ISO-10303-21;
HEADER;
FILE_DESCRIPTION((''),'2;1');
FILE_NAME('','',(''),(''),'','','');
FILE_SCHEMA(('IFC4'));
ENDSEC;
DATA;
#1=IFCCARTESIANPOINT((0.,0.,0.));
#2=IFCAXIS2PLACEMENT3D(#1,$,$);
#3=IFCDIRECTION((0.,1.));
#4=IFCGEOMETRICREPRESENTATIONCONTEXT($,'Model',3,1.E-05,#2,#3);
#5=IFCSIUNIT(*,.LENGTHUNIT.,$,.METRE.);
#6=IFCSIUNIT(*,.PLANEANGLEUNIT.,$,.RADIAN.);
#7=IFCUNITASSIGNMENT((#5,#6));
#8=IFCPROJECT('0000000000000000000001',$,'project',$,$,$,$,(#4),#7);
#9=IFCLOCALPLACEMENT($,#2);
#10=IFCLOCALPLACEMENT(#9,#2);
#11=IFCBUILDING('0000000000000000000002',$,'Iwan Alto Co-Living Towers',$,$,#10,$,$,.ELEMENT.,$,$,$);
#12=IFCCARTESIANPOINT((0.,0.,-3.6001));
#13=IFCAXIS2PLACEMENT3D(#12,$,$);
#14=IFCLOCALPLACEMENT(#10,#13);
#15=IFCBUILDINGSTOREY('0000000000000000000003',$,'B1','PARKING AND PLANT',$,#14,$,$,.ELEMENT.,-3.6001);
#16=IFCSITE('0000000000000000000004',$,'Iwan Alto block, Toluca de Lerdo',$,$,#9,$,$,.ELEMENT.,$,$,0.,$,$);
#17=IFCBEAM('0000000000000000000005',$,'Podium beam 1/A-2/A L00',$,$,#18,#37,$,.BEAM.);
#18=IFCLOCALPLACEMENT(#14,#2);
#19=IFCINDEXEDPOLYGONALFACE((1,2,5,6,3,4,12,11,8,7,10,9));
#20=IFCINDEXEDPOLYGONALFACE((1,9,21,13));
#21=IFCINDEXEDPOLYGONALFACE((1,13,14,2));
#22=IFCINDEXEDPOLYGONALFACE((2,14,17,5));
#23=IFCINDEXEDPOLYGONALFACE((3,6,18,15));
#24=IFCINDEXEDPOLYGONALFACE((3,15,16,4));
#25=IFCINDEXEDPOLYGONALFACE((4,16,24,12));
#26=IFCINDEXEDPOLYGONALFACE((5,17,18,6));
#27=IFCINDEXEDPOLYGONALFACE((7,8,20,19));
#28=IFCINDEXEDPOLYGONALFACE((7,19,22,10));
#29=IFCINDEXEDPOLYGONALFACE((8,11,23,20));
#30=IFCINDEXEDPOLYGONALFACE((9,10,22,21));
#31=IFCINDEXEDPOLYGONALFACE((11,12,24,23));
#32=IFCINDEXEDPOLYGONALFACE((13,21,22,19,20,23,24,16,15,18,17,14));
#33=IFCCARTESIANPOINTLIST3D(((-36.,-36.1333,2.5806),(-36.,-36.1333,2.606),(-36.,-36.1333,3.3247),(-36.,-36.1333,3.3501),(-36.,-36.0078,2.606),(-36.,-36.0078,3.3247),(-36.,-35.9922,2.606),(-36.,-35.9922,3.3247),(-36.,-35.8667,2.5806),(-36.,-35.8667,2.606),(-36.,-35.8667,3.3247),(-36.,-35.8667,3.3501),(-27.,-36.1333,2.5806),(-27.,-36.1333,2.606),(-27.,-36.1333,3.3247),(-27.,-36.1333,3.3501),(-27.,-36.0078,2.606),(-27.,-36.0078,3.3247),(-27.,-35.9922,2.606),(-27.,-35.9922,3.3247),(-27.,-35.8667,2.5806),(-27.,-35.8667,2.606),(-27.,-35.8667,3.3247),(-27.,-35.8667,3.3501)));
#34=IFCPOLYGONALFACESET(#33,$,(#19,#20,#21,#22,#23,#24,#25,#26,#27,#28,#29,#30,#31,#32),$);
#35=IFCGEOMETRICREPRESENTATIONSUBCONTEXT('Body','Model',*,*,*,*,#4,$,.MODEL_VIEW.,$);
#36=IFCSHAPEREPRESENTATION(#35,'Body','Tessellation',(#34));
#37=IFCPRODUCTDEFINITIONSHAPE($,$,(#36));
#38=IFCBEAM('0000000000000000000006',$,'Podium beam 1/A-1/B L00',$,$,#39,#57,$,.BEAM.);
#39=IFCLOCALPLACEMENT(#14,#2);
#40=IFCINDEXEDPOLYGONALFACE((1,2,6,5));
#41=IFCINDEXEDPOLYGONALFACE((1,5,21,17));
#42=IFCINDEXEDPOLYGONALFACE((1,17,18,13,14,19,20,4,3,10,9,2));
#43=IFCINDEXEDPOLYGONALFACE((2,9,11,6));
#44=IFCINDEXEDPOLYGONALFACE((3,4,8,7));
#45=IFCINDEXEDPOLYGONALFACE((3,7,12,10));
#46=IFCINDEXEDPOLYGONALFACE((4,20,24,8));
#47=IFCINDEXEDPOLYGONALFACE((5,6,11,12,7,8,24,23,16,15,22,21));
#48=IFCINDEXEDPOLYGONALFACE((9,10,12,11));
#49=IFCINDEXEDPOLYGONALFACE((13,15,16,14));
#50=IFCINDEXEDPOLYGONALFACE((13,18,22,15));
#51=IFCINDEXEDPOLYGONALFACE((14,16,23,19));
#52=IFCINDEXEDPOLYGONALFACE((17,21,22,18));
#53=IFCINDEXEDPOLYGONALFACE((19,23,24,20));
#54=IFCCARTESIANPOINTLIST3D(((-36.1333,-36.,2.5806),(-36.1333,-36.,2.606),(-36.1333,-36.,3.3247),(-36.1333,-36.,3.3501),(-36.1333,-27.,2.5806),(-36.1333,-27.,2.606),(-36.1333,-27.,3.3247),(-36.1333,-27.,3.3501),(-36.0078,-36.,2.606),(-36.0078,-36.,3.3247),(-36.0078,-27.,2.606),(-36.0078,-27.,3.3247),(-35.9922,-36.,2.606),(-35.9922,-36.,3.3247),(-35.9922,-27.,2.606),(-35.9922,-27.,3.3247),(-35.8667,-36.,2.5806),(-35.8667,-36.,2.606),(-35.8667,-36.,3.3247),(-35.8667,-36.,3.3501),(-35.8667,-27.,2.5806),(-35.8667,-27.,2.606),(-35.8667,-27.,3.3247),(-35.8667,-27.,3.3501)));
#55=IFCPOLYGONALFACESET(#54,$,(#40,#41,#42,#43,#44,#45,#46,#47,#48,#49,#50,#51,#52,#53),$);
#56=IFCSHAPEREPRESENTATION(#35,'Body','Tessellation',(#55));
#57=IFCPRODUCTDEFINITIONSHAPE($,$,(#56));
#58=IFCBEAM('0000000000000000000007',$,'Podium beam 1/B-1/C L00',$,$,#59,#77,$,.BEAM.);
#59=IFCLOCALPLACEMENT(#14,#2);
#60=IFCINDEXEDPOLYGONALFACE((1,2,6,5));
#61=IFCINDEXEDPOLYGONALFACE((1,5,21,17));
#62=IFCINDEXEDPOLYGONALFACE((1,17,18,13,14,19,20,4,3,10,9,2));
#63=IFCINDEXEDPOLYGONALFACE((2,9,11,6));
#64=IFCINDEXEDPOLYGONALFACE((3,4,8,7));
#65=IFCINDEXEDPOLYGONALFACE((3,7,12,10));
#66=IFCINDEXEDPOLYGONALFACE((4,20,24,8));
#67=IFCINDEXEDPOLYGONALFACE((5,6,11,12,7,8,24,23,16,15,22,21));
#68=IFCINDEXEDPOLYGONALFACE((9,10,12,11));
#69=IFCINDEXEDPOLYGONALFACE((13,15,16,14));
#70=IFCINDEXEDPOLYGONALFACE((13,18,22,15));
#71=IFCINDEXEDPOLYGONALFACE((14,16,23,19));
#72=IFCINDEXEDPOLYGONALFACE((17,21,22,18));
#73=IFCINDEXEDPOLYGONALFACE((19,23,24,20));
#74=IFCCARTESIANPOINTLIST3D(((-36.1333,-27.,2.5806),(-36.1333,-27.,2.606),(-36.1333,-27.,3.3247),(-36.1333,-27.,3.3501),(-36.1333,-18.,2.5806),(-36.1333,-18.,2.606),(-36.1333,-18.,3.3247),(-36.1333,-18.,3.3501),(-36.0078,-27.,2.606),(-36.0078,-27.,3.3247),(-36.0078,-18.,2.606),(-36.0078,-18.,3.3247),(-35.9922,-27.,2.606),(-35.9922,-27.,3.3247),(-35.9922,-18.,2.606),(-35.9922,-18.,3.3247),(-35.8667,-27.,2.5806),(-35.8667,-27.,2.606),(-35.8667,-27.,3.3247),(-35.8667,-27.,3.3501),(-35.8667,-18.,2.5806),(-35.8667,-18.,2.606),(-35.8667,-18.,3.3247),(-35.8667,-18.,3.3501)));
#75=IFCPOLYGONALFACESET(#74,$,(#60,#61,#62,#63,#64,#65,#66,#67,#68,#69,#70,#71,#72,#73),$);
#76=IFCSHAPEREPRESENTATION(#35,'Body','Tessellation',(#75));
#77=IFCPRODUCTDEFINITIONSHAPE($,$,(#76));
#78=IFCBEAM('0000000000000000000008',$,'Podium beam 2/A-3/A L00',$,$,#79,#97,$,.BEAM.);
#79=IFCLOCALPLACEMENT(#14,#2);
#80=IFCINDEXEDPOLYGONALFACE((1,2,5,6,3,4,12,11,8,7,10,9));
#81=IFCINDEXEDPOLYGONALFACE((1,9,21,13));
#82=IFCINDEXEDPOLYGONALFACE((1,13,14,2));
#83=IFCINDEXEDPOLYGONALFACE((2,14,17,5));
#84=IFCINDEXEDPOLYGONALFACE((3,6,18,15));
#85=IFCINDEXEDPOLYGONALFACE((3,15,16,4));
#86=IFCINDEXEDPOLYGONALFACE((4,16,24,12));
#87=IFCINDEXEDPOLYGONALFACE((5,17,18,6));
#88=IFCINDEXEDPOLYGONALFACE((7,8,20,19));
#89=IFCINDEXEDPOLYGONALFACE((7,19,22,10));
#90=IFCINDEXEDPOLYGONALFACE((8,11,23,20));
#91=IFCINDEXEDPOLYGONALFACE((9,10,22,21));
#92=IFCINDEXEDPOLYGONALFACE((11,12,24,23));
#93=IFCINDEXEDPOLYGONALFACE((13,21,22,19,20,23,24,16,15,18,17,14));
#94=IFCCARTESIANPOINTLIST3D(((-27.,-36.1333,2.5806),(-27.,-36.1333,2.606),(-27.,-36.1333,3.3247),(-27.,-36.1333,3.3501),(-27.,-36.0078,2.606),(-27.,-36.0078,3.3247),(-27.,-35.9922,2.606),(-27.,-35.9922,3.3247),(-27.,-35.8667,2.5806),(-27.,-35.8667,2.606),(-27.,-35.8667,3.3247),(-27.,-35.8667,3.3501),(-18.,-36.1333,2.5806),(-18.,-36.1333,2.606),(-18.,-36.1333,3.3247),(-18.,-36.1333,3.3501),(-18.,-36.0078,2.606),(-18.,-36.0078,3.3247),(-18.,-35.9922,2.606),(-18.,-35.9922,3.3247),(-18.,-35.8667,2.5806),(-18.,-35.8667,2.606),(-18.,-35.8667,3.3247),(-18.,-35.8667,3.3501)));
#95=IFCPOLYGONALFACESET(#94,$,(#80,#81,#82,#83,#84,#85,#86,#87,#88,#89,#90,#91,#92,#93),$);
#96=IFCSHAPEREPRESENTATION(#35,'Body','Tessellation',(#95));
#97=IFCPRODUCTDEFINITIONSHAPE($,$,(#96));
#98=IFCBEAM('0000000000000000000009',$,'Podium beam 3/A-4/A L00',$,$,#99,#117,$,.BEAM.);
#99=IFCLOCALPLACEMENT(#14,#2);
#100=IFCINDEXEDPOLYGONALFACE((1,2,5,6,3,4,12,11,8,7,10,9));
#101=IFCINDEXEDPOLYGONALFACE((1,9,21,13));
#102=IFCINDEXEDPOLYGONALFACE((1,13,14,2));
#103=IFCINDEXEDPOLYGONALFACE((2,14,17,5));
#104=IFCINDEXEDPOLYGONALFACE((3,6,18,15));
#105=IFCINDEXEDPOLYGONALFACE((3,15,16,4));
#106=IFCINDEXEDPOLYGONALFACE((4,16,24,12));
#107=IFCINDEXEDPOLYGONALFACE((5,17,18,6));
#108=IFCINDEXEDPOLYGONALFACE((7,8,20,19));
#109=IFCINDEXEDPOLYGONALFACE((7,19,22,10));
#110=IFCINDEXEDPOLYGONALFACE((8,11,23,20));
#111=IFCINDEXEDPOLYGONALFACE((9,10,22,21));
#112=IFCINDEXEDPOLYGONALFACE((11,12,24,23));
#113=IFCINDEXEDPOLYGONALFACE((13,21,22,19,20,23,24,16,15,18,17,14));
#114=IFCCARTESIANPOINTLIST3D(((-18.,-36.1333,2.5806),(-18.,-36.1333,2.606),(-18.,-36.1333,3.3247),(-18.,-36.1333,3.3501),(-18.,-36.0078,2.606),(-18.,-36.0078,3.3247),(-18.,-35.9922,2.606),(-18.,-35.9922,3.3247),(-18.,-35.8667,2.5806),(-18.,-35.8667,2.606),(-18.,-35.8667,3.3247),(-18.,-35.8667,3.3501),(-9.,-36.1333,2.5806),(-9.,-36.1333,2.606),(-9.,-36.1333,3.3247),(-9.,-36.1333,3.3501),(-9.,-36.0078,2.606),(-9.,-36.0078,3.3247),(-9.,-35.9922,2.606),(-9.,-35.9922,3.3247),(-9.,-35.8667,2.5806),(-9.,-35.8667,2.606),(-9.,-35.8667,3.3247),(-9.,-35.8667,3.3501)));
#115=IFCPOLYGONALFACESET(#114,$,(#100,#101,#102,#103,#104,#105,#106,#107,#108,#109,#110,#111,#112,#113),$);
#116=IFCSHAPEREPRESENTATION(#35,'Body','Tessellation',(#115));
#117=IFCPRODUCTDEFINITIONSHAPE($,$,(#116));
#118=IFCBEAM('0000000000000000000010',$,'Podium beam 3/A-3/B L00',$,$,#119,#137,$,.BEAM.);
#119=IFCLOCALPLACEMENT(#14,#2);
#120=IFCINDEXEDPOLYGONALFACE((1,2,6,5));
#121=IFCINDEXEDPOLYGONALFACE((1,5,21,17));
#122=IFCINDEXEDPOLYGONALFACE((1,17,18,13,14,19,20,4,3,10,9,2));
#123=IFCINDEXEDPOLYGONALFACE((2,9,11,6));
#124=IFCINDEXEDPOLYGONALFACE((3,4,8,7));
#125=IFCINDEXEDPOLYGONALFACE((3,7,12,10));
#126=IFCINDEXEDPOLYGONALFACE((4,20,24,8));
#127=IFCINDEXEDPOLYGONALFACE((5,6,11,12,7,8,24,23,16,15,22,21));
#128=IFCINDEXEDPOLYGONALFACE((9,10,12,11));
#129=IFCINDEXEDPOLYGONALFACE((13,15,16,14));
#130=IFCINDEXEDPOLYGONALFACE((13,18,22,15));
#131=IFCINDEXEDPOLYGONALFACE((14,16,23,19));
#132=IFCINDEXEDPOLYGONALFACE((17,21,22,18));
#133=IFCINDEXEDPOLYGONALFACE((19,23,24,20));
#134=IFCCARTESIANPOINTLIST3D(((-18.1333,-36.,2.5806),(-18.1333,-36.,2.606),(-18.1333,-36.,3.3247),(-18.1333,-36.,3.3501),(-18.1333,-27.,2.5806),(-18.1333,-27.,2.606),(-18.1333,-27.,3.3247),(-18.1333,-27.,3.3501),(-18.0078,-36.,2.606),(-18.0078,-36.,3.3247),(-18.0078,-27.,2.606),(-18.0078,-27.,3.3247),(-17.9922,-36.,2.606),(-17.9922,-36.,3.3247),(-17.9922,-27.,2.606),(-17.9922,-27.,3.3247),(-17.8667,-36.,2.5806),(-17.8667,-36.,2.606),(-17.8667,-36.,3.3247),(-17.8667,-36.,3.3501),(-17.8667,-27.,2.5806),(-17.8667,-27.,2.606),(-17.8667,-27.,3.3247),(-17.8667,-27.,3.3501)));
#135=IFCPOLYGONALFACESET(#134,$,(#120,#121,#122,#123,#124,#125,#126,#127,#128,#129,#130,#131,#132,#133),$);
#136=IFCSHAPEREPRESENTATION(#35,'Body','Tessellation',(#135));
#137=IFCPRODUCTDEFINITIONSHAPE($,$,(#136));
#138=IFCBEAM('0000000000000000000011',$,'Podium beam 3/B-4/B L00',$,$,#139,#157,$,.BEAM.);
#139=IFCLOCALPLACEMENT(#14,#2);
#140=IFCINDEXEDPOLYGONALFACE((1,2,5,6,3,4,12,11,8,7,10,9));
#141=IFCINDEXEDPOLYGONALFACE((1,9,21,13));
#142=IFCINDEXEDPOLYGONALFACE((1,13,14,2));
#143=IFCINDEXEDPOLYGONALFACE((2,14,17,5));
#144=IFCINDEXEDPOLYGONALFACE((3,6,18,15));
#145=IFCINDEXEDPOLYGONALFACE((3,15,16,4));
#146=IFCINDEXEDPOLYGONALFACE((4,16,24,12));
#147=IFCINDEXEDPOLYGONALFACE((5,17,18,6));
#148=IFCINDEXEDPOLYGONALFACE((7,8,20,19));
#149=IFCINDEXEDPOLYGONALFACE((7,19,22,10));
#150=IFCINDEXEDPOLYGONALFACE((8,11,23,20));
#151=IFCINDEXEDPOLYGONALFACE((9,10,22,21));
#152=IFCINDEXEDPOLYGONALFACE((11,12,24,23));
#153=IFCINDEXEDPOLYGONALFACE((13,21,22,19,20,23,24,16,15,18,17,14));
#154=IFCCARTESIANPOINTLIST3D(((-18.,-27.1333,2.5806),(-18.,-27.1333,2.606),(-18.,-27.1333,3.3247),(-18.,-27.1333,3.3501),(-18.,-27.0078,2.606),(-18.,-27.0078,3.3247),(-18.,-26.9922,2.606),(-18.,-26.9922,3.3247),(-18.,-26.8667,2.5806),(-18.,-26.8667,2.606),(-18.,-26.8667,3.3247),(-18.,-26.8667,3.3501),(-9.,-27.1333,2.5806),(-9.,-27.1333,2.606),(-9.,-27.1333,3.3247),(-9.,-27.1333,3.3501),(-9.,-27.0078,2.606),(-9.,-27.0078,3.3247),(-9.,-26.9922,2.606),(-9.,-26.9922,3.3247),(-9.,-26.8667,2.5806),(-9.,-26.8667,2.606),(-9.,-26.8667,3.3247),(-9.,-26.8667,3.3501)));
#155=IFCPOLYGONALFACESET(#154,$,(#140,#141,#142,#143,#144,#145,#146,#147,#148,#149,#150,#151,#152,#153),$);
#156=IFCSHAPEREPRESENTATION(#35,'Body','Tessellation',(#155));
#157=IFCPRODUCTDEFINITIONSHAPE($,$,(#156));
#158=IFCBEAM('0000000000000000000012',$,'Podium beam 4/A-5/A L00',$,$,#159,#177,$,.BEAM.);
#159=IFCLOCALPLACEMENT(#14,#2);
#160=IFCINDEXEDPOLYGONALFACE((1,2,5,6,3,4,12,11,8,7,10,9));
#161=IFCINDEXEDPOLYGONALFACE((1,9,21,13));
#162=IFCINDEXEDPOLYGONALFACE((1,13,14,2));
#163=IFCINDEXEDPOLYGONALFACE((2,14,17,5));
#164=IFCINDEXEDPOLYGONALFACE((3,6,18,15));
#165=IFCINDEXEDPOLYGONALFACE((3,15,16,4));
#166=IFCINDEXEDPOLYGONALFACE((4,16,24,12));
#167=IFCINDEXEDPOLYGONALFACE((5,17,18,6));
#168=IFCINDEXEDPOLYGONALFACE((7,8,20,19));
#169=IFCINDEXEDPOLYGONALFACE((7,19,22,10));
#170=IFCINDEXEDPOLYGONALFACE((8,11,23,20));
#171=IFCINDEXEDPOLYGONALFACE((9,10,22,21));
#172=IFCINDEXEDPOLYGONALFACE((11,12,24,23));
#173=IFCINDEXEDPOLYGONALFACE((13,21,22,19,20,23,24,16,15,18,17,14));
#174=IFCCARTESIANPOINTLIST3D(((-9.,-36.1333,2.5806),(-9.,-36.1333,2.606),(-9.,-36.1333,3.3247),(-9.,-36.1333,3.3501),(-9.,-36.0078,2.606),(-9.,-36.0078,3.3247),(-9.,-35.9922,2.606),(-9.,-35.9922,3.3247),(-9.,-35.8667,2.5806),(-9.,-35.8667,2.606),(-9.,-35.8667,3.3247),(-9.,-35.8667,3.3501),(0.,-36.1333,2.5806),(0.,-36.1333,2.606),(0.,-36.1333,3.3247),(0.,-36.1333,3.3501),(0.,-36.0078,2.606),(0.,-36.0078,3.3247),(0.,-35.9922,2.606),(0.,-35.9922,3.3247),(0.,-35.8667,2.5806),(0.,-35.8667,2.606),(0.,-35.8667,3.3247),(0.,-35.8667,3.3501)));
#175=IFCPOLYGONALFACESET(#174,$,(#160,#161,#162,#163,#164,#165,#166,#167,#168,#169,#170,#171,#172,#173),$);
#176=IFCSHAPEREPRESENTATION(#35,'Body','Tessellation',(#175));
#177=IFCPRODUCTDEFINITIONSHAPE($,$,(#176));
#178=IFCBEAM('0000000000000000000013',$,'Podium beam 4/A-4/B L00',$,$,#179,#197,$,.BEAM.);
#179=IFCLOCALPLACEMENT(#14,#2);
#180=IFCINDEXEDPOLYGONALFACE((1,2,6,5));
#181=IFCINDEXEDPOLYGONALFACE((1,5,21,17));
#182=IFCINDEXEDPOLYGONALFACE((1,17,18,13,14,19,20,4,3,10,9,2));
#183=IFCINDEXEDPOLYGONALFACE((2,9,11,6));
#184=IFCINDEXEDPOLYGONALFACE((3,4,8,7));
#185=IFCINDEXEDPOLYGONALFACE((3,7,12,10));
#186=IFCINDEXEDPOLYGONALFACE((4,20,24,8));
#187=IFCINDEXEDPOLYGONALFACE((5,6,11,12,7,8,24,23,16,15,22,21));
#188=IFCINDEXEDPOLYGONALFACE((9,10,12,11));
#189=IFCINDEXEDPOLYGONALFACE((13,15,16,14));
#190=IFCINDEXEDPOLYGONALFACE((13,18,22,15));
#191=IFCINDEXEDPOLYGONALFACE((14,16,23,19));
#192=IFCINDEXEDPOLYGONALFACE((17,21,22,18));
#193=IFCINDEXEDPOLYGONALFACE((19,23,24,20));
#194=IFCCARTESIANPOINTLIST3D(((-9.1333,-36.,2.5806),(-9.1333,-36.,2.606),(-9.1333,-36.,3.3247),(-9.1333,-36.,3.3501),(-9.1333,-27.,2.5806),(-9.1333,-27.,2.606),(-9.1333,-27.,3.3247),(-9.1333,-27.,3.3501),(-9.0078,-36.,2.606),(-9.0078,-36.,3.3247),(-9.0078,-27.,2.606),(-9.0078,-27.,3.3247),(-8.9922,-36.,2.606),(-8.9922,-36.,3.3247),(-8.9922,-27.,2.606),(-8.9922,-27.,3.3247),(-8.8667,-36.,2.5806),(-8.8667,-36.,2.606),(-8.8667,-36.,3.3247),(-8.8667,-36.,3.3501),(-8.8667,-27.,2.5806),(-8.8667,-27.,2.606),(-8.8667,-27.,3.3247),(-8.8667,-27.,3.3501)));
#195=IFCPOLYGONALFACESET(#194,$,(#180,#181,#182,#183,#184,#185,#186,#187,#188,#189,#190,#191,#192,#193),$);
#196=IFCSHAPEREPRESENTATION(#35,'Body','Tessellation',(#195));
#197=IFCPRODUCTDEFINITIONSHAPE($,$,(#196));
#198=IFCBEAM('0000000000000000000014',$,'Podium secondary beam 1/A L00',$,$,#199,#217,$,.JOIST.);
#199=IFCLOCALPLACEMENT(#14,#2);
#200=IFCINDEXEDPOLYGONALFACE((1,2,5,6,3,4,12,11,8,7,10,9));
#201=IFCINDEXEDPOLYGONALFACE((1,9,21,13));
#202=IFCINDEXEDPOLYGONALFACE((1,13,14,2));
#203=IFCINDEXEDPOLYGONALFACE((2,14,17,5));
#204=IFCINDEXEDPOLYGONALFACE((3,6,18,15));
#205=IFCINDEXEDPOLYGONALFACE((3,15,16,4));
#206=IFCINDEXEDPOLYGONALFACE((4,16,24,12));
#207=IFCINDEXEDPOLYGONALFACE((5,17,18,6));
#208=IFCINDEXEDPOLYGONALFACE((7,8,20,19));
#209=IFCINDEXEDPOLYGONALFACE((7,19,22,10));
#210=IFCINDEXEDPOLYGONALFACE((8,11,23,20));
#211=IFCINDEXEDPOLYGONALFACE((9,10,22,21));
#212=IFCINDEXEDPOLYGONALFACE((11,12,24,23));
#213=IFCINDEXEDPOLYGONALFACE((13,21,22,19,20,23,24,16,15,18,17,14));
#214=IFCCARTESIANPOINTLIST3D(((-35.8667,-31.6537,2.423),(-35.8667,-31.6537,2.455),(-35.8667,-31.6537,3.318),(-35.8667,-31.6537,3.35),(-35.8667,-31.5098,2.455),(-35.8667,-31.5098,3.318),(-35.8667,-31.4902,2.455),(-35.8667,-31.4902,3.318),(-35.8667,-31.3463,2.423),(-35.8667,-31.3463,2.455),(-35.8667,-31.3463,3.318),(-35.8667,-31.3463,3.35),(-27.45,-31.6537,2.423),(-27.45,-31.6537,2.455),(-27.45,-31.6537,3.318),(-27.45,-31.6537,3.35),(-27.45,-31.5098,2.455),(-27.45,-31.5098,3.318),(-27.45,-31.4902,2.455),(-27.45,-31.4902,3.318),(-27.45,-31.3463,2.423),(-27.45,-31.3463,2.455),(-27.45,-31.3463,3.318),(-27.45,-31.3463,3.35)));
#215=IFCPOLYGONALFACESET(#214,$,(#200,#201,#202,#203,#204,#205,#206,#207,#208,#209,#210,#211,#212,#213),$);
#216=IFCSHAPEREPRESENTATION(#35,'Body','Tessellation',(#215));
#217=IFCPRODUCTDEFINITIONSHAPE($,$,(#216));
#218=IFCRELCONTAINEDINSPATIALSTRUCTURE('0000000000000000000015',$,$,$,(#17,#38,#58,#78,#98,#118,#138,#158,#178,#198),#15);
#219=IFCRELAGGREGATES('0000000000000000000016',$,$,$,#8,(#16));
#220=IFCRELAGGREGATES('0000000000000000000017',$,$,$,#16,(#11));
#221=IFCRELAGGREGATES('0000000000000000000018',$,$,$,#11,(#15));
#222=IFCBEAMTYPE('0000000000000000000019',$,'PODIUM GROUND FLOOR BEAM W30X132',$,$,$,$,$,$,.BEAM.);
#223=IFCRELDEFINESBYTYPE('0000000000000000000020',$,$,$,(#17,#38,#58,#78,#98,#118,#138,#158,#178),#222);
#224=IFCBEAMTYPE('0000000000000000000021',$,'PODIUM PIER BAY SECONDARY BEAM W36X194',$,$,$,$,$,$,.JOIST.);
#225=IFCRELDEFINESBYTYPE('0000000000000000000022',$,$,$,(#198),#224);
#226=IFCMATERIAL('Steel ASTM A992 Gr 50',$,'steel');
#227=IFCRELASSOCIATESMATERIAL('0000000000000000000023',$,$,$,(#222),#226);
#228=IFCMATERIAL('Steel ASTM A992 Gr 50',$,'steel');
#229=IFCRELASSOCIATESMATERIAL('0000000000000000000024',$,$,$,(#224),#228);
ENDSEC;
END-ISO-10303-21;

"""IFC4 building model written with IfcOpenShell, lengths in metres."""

from ifc_helpers import new_model, si_unit, direction, frame, origin, origin_2d, place, context, subcontext, project, spatial, i_section, extrude, material, material_profile, profile_set, type_object, element, save


model = new_model("IFC4")

# Units and contexts
model_context = context("Model", 3, precision=1e-05, world=origin(), true_north=direction((0.0, 1.0)))
body_context = subcontext(model_context, "Body", "Model", "MODEL_VIEW")
ifc_project = project(units=[si_unit("LENGTHUNIT", "METRE"), si_unit("PLANEANGLEUNIT", "RADIAN")], contexts=[model_context])

# Site, building, storey
site_placement = place(None, origin())
site = spatial("IfcSite", under=ifc_project, at=site_placement, Name="Iwan Alto block, Toluca de Lerdo", CompositionType="ELEMENT", RefElevation=0.0)
building_placement = place(site_placement, origin())
building = spatial("IfcBuilding", under=site, at=building_placement, Name="Iwan Alto Co-Living Towers", CompositionType="ELEMENT")
storey_placement = place(building_placement, frame((0.0, 0.0, -3.6001)))
storey = spatial("IfcBuildingStorey", under=building, at=storey_placement, Name="B1", Description="PARKING AND PLANT", CompositionType="ELEMENT", Elevation=-3.6001)

# Beams
ifc_material_1 = material(Name="Steel ASTM A992 Gr 50", Category="steel")
ifc_material_profile_1 = material_profile(ifc_material_1, i_section(OverallWidth=0.2666, OverallDepth=0.7695, WebThickness=0.0156, FlangeThickness=0.0254, at=origin_2d()), Name="W30X132")
ifc_profile_set_1 = profile_set([ifc_material_profile_1], Name="Steel ASTM A992 Gr 50")
beam_type_1 = type_object("IfcBeamType", Name="PODIUM GROUND FLOOR BEAM W30X132", PredefinedType="BEAM", material=ifc_profile_set_1)
for number, where, z_axis, x_axis, name in (
    (1, (-36.0, -36.0, 2.9653), (1.0, 0.0, 0.0), (0.0, 1.0, 0.0), "Podium beam 1/A-2/A L00"),
    (2, (-36.0, -36.0, 2.9653), (0.0, 1.0, 0.0), (-1.0, 0.0, 0.0), "Podium beam 1/A-1/B L00"),
    (3, (-36.0, -27.0, 2.9653), (0.0, 1.0, 0.0), (-1.0, 0.0, 0.0), "Podium beam 1/B-1/C L00"),
    (4, (-27.0, -36.0, 2.9653), (1.0, 0.0, 0.0), (0.0, 1.0, 0.0), "Podium beam 2/A-3/A L00"),
    (5, (-18.0, -36.0, 2.9653), (1.0, 0.0, 0.0), (0.0, 1.0, 0.0), "Podium beam 3/A-4/A L00"),
    (6, (-18.0, -36.0, 2.9653), (0.0, 1.0, 0.0), (-1.0, 0.0, 0.0), "Podium beam 3/A-3/B L00"),
    (7, (-18.0, -27.0, 2.9653), (1.0, 0.0, 0.0), (0.0, 1.0, 0.0), "Podium beam 3/B-4/B L00"),
    (8, (-9.0, -36.0, 2.9653), (1.0, 0.0, 0.0), (0.0, 1.0, 0.0), "Podium beam 4/A-5/A L00"),
    (9, (-9.0, -36.0, 2.9653), (0.0, 1.0, 0.0), (-1.0, 0.0, 0.0), "Podium beam 4/A-4/B L00"),
):
    element("IfcBeam", number, at=place(storey_placement, frame(where, z_axis=z_axis, x_axis=x_axis)), inside=storey, type_object=beam_type_1, Name=name, PredefinedType="BEAM", context=body_context, shape_type="SweptSolid", body=[
        extrude(i_section(OverallWidth=0.2666, OverallDepth=0.7695, WebThickness=0.0156, FlangeThickness=0.0254, at=origin_2d()), origin(), (0.0, 0.0, 1.0), 9.0),
    ])
ifc_material_2 = material(Name="Steel ASTM A992 Gr 50", Category="steel")
ifc_material_profile_2 = material_profile(ifc_material_2, i_section(OverallWidth=0.3074, OverallDepth=0.927, WebThickness=0.0195, FlangeThickness=0.032, at=origin_2d()), Name="W36X194")
ifc_profile_set_2 = profile_set([ifc_material_profile_2], Name="Steel ASTM A992 Gr 50")
beam_type_2 = type_object("IfcBeamType", Name="PODIUM PIER BAY SECONDARY BEAM W36X194", PredefinedType="JOIST", material=ifc_profile_set_2)
for number, where, z_axis, x_axis, name in (
    (10, (-35.8667, -31.5, 2.8865), (1.0, 0.0, 0.0), (0.0, 1.0, 0.0), "Podium secondary beam 1/A L00"),
):
    element("IfcBeam", number, at=place(storey_placement, frame(where, z_axis=z_axis, x_axis=x_axis)), inside=storey, type_object=beam_type_2, Name=name, PredefinedType="JOIST", context=body_context, shape_type="SweptSolid", body=[
        extrude(i_section(OverallWidth=0.3074, OverallDepth=0.927, WebThickness=0.0195, FlangeThickness=0.032, at=origin_2d()), origin(), (0.0, 0.0, 1.0), 8.4167),
    ])

save(model, "model.ifc")
